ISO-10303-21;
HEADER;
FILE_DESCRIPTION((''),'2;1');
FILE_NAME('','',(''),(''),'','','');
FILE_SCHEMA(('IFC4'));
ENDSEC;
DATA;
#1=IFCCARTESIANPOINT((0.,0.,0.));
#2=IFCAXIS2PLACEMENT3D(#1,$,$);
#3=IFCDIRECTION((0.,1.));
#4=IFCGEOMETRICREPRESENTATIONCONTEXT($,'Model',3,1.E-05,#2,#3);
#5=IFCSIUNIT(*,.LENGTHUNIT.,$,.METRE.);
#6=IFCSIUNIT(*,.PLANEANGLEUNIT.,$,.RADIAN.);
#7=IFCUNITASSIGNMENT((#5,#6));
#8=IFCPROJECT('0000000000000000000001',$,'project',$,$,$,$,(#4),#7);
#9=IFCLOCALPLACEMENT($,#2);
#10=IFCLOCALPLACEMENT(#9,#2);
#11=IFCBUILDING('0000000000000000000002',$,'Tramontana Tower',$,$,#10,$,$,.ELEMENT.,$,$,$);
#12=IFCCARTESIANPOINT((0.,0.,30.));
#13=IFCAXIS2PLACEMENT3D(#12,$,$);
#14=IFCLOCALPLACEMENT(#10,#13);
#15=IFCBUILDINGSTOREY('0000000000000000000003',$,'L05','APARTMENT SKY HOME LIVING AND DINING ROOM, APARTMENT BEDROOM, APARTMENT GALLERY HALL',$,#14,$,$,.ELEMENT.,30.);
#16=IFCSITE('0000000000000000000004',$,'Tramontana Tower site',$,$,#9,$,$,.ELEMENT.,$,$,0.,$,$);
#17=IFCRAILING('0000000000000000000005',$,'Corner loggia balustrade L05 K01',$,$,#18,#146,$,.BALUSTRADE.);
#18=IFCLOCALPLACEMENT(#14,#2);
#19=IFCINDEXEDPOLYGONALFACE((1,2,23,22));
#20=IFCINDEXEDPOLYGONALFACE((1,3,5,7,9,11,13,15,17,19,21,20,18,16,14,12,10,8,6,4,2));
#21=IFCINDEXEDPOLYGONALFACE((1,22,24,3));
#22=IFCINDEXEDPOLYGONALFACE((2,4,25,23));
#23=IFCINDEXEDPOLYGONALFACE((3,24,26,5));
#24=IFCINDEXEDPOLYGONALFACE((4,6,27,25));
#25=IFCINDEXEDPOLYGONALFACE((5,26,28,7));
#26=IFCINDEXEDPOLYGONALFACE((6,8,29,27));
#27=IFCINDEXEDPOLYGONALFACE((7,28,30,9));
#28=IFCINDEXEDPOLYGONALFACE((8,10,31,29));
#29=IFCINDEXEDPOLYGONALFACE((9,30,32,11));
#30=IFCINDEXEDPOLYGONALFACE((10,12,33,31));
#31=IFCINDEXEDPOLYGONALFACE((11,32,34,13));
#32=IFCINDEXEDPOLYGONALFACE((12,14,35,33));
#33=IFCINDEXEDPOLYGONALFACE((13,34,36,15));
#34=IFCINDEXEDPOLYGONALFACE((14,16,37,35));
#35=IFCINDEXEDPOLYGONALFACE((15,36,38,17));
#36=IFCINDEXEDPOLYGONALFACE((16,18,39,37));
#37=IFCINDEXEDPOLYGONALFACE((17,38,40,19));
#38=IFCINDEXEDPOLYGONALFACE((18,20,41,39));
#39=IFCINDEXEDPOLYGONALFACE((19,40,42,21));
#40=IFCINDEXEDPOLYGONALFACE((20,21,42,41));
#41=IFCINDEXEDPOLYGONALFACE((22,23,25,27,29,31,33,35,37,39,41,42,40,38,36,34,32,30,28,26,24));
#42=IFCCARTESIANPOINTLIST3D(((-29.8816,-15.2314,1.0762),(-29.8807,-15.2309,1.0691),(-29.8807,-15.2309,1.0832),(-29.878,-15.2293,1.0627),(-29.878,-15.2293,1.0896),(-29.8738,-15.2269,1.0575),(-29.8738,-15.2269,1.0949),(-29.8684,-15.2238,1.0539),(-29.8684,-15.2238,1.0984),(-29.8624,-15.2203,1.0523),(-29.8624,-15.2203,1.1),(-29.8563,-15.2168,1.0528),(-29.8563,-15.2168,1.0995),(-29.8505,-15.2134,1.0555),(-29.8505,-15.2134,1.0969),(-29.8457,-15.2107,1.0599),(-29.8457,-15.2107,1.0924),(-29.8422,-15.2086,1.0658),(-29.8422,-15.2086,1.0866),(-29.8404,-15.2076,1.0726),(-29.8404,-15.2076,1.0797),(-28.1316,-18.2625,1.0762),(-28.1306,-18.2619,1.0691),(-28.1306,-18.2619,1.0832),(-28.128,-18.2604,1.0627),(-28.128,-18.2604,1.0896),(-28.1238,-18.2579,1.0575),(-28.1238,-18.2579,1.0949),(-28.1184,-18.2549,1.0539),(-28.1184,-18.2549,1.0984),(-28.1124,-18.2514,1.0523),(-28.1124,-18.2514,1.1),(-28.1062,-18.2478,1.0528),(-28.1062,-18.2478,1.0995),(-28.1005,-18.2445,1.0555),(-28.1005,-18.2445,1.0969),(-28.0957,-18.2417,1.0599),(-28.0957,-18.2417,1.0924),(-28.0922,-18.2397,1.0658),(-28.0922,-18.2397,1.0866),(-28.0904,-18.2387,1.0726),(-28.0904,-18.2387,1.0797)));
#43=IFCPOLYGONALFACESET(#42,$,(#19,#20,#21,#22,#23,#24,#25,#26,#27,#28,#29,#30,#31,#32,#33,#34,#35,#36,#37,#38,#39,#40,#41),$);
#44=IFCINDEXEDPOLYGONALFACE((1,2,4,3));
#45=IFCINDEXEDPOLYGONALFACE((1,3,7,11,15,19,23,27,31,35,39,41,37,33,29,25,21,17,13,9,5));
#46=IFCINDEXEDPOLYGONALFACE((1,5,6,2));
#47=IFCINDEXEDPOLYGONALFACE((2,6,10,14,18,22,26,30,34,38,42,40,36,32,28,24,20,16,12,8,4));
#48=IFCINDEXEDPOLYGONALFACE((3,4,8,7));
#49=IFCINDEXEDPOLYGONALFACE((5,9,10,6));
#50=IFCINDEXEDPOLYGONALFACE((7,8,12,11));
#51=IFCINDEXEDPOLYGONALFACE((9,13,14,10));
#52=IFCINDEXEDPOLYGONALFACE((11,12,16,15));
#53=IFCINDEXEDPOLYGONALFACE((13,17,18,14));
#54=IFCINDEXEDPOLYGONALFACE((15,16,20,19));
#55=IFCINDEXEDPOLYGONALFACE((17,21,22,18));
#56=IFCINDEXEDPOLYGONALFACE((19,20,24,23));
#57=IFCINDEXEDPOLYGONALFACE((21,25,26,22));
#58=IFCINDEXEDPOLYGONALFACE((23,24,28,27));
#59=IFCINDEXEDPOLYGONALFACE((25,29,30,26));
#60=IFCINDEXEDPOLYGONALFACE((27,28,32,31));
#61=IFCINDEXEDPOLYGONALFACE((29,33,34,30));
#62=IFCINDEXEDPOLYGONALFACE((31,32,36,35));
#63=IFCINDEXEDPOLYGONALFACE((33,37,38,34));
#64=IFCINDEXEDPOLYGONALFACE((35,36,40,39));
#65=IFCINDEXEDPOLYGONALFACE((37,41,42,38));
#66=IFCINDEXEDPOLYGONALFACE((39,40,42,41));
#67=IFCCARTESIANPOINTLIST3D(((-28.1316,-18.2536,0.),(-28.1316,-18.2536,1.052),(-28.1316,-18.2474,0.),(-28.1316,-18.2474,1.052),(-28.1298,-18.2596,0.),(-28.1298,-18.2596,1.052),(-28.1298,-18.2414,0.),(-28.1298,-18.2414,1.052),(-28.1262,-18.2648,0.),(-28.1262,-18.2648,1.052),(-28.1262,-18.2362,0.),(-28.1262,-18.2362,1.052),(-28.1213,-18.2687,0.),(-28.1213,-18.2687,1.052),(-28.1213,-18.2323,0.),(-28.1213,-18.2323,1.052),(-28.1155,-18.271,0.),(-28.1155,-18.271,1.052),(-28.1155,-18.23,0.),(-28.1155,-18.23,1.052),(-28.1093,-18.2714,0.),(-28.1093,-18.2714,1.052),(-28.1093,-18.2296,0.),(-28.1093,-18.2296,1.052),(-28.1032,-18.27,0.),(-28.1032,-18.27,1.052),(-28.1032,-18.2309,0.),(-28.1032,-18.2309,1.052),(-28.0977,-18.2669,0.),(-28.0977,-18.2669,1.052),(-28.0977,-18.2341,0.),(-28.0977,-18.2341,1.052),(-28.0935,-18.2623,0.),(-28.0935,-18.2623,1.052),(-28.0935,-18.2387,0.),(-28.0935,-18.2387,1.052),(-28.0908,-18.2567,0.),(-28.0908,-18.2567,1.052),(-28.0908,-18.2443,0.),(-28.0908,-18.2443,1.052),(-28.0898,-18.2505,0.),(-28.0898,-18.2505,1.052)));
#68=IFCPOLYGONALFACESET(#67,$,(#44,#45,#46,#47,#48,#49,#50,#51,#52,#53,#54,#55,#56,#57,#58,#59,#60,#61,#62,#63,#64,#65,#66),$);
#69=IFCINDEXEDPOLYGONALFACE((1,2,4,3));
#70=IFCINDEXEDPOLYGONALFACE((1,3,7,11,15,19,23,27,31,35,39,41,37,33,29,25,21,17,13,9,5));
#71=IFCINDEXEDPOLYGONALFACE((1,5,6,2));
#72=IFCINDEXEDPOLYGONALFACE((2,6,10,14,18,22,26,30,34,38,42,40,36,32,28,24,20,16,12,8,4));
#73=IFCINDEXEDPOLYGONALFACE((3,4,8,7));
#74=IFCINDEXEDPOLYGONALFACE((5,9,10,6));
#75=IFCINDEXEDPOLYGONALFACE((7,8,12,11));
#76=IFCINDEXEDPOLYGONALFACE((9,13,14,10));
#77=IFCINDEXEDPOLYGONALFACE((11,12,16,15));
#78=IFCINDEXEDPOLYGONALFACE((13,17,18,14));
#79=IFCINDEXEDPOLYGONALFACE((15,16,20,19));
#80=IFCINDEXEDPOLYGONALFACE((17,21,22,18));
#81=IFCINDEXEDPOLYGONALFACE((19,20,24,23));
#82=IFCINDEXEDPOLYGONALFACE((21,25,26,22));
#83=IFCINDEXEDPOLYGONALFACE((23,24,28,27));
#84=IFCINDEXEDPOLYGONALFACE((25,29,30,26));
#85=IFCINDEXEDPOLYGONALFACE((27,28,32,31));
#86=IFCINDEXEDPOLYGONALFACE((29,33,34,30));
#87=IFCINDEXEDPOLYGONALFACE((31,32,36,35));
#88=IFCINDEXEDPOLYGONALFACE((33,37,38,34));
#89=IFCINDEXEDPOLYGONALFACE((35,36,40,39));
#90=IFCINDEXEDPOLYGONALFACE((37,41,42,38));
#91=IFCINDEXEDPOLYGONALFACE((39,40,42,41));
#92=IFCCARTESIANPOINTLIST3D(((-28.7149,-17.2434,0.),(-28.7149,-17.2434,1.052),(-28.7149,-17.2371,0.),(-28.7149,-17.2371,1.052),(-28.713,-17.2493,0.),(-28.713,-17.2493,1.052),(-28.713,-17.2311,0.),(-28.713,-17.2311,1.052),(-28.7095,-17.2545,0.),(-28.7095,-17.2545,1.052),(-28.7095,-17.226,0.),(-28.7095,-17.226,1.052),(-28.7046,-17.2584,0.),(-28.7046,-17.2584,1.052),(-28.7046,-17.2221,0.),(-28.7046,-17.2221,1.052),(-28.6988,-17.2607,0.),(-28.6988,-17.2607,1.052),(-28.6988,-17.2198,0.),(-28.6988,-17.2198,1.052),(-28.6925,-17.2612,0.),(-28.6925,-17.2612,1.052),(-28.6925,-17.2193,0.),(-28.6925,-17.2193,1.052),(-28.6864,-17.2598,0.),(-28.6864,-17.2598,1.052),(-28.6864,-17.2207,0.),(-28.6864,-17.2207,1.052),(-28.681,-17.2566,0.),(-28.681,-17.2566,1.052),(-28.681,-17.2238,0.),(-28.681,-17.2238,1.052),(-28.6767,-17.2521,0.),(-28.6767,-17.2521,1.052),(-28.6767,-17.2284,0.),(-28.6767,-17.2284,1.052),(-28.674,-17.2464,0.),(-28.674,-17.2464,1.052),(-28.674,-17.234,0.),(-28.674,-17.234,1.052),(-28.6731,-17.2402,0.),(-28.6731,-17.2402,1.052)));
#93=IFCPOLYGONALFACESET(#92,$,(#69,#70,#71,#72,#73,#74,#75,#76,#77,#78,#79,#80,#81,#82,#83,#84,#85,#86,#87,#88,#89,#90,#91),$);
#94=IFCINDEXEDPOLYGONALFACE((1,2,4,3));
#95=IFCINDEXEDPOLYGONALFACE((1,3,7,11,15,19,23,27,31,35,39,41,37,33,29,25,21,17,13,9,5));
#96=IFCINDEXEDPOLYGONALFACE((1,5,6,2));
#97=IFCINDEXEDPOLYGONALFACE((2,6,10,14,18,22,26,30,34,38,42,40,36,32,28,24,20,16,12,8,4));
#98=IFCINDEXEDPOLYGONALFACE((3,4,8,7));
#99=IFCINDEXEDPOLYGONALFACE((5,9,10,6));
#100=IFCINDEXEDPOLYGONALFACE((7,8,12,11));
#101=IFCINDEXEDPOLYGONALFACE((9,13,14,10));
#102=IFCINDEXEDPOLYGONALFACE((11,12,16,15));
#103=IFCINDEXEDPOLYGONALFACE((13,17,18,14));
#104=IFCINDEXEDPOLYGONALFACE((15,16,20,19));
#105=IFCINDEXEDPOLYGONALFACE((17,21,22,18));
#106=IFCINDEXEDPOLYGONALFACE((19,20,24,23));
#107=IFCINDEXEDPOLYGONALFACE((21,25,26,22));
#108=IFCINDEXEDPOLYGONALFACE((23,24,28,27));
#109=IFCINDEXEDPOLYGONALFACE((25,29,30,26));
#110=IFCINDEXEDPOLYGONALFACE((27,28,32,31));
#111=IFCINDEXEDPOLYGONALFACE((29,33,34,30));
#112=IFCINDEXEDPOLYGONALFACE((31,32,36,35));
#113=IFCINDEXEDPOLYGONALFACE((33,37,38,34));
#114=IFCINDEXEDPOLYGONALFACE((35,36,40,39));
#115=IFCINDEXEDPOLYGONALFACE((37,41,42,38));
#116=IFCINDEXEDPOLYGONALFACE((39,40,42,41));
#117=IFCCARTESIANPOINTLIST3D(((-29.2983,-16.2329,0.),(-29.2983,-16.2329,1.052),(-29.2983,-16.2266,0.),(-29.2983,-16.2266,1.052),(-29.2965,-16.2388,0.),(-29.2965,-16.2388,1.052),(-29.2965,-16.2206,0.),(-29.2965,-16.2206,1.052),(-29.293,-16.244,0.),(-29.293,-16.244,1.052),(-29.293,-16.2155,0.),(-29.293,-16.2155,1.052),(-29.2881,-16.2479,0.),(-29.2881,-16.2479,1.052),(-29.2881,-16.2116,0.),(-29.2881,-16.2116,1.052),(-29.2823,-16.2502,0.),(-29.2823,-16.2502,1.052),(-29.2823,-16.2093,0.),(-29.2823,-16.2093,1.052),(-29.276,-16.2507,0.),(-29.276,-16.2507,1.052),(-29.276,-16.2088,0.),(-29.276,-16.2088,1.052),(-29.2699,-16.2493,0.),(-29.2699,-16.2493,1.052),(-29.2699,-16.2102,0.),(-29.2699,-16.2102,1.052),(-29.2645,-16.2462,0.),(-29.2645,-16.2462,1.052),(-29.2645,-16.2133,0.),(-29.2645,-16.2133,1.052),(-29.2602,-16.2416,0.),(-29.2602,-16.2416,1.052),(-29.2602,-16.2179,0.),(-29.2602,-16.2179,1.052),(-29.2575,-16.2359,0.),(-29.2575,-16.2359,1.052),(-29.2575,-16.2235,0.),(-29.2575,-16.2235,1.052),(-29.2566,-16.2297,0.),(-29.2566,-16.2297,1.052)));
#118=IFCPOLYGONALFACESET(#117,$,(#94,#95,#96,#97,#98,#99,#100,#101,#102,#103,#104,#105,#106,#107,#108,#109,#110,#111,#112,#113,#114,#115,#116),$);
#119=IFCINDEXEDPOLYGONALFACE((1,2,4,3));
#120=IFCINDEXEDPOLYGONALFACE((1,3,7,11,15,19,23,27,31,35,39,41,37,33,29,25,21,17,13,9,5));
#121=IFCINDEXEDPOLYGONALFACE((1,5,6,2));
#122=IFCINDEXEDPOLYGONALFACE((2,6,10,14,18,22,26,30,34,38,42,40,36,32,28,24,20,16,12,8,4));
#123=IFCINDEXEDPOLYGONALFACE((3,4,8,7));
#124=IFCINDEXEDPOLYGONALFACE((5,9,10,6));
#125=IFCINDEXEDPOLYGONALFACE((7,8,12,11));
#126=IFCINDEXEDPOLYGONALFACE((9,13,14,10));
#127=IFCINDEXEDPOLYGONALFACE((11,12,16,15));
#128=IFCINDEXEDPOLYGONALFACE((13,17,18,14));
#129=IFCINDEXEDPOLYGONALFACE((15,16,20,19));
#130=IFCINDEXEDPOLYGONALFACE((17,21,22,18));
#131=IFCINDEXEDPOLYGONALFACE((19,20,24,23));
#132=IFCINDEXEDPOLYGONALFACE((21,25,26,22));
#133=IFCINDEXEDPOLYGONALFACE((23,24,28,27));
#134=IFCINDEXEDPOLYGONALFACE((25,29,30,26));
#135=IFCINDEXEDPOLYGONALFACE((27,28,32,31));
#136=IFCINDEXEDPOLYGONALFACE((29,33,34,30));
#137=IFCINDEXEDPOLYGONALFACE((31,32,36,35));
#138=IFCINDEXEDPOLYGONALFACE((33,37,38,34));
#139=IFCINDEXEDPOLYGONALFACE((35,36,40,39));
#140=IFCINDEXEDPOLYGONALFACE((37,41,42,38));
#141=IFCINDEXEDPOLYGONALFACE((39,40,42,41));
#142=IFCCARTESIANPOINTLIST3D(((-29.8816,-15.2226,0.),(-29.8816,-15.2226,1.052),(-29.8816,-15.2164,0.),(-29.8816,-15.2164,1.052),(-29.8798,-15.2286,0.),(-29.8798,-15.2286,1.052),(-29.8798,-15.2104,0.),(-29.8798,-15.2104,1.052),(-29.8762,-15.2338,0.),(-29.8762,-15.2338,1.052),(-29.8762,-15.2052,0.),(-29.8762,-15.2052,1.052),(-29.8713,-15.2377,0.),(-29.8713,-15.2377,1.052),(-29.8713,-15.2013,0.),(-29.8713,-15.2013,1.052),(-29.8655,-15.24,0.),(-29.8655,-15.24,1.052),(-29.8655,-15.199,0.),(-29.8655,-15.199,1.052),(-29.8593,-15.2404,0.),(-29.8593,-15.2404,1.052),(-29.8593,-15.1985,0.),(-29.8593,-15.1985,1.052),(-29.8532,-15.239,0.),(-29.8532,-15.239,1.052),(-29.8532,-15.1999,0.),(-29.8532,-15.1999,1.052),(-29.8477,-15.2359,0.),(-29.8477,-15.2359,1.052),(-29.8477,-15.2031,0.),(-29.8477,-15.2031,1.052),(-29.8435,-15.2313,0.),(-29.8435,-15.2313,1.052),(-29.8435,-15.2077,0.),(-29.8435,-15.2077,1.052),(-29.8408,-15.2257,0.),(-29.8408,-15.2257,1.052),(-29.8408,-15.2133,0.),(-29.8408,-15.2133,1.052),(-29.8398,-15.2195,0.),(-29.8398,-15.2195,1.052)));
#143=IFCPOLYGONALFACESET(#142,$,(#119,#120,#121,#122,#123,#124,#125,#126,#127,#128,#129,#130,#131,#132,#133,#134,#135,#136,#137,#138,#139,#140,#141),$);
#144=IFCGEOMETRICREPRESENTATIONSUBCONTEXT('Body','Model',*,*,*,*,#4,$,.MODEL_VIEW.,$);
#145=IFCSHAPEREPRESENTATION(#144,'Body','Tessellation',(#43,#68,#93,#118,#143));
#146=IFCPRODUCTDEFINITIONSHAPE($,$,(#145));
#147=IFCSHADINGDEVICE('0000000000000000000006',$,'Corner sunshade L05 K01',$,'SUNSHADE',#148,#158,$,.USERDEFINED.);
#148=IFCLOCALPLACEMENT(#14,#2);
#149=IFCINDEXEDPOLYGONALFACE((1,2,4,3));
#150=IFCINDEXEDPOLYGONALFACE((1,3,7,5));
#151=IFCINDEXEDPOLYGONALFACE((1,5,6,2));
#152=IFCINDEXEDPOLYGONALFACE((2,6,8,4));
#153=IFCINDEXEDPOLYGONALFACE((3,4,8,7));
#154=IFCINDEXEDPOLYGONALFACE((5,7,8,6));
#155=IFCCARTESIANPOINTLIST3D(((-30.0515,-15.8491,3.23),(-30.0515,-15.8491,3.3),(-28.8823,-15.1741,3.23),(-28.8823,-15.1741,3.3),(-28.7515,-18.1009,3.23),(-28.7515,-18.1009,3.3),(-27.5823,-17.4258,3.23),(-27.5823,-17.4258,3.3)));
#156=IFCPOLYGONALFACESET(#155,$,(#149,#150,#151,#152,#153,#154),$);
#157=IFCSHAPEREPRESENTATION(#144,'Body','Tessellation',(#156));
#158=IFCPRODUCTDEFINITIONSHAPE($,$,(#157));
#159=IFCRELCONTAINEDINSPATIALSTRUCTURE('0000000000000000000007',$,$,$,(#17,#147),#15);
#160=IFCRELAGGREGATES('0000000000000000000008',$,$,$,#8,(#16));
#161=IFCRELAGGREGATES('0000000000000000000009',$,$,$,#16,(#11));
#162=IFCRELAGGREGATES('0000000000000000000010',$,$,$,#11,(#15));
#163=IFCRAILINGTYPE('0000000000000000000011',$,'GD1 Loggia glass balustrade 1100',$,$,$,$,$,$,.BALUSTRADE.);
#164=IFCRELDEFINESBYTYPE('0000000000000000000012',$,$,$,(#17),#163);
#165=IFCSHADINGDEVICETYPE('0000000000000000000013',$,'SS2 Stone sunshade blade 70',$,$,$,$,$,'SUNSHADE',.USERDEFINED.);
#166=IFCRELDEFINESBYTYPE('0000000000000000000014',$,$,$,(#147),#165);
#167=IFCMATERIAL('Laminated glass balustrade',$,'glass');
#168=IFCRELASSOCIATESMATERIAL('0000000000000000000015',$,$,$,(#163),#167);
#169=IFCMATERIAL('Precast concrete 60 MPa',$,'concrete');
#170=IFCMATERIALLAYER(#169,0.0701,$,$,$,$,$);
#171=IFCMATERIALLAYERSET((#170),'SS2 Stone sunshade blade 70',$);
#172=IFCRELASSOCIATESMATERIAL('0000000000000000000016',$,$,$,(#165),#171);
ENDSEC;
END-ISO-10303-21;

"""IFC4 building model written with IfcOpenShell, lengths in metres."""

from ifc_helpers import new_model, si_unit, direction, frame, origin, origin_2d, place, context, subcontext, project, spatial, rectangle, circle, extrude, material, layer, layer_set, type_object, element, save


model = new_model("IFC4")

# Units and contexts
model_context = context("Model", 3, precision=1e-05, world=origin(), true_north=direction((0.0, 1.0)))
body_context = subcontext(model_context, "Body", "Model", "MODEL_VIEW")
ifc_project = project(units=[si_unit("LENGTHUNIT", "METRE"), si_unit("PLANEANGLEUNIT", "RADIAN")], contexts=[model_context])

# Site, building, storey
site_placement = place(None, origin())
site = spatial("IfcSite", under=ifc_project, at=site_placement, Name="Tramontana Tower site", CompositionType="ELEMENT", RefElevation=0.0)
building_placement = place(site_placement, origin())
building = spatial("IfcBuilding", under=site, at=building_placement, Name="Tramontana Tower", CompositionType="ELEMENT")
storey_placement = place(building_placement, frame((0.0, 0.0, 30.0)))
storey = spatial("IfcBuildingStorey", under=building, at=storey_placement, Name="L05", Description="APARTMENT SKY HOME LIVING AND DINING ROOM, APARTMENT BEDROOM, APARTMENT GALLERY HALL", CompositionType="ELEMENT", Elevation=30.0)

# Railing
ifc_material_1 = material(Name="Laminated glass balustrade", Category="glass")
railing_type = type_object("IfcRailingType", Name="GD1 Loggia glass balustrade 1100", PredefinedType="BALUSTRADE", material=ifc_material_1)
railing_1_placement = place(storey_placement, frame((-28.1108, -18.2505, 0.0)))
element("IfcRailing", 1, at=railing_1_placement, inside=storey, type_object=railing_type, Name="Corner loggia balustrade L05 K01", PredefinedType="BALUSTRADE", context=body_context, shape_type="SweptSolid", body=[
    extrude(circle(Radius=0.0239, at=origin_2d()), frame((0.0, 0.0, 1.0762), z_axis=(-0.50001, 0.866019, 0.0), x_axis=(-0.866019, -0.50001, 0.0)), (0.0, 0.0, 1.0), 3.5),
    extrude(circle(Radius=0.021, at=origin_2d()), origin(), (0.0, 0.0, 1.0), 1.052),
    extrude(circle(Radius=0.021, at=origin_2d()), frame((-0.5833, 1.0103, 0.0)), (0.0, 0.0, 1.0), 1.052),
    extrude(circle(Radius=0.021, at=origin_2d()), frame((-1.1667, 2.0208, 0.0)), (0.0, 0.0, 1.0), 1.052),
    extrude(circle(Radius=0.021, at=origin_2d()), frame((-1.75, 3.031, 0.0)), (0.0, 0.0, 1.0), 1.052),
])

# Shading device
ifc_material_2 = material(Name="Precast concrete 60 MPa", Category="concrete")
ifc_layer_1 = layer(ifc_material_2, 0.0701)
ifc_layer_set_1 = layer_set([ifc_layer_1], Name="SS2 Stone sunshade blade 70")
shading_device_type = type_object("IfcShadingDeviceType", Name="SS2 Stone sunshade blade 70", ElementType="SUNSHADE", PredefinedType="USERDEFINED", material=ifc_layer_set_1)
shading_device_placement = place(storey_placement, frame((-28.8169, -16.6375, 3.23), z_axis=(0.0, 0.0, 1.0), x_axis=(-0.5, 0.866025, 0.0)))
element("IfcShadingDevice", 2, at=shading_device_placement, inside=storey, type_object=shading_device_type, Name="Corner sunshade L05 K01", ObjectType="SUNSHADE", PredefinedType="USERDEFINED", context=body_context, shape_type="SweptSolid", body=[
    extrude(rectangle(XDim=2.6001, YDim=1.3501, at=origin_2d()), origin(), (0.0, 0.0, 1.0), 0.0701),
])

save(model, "model.ifc")
